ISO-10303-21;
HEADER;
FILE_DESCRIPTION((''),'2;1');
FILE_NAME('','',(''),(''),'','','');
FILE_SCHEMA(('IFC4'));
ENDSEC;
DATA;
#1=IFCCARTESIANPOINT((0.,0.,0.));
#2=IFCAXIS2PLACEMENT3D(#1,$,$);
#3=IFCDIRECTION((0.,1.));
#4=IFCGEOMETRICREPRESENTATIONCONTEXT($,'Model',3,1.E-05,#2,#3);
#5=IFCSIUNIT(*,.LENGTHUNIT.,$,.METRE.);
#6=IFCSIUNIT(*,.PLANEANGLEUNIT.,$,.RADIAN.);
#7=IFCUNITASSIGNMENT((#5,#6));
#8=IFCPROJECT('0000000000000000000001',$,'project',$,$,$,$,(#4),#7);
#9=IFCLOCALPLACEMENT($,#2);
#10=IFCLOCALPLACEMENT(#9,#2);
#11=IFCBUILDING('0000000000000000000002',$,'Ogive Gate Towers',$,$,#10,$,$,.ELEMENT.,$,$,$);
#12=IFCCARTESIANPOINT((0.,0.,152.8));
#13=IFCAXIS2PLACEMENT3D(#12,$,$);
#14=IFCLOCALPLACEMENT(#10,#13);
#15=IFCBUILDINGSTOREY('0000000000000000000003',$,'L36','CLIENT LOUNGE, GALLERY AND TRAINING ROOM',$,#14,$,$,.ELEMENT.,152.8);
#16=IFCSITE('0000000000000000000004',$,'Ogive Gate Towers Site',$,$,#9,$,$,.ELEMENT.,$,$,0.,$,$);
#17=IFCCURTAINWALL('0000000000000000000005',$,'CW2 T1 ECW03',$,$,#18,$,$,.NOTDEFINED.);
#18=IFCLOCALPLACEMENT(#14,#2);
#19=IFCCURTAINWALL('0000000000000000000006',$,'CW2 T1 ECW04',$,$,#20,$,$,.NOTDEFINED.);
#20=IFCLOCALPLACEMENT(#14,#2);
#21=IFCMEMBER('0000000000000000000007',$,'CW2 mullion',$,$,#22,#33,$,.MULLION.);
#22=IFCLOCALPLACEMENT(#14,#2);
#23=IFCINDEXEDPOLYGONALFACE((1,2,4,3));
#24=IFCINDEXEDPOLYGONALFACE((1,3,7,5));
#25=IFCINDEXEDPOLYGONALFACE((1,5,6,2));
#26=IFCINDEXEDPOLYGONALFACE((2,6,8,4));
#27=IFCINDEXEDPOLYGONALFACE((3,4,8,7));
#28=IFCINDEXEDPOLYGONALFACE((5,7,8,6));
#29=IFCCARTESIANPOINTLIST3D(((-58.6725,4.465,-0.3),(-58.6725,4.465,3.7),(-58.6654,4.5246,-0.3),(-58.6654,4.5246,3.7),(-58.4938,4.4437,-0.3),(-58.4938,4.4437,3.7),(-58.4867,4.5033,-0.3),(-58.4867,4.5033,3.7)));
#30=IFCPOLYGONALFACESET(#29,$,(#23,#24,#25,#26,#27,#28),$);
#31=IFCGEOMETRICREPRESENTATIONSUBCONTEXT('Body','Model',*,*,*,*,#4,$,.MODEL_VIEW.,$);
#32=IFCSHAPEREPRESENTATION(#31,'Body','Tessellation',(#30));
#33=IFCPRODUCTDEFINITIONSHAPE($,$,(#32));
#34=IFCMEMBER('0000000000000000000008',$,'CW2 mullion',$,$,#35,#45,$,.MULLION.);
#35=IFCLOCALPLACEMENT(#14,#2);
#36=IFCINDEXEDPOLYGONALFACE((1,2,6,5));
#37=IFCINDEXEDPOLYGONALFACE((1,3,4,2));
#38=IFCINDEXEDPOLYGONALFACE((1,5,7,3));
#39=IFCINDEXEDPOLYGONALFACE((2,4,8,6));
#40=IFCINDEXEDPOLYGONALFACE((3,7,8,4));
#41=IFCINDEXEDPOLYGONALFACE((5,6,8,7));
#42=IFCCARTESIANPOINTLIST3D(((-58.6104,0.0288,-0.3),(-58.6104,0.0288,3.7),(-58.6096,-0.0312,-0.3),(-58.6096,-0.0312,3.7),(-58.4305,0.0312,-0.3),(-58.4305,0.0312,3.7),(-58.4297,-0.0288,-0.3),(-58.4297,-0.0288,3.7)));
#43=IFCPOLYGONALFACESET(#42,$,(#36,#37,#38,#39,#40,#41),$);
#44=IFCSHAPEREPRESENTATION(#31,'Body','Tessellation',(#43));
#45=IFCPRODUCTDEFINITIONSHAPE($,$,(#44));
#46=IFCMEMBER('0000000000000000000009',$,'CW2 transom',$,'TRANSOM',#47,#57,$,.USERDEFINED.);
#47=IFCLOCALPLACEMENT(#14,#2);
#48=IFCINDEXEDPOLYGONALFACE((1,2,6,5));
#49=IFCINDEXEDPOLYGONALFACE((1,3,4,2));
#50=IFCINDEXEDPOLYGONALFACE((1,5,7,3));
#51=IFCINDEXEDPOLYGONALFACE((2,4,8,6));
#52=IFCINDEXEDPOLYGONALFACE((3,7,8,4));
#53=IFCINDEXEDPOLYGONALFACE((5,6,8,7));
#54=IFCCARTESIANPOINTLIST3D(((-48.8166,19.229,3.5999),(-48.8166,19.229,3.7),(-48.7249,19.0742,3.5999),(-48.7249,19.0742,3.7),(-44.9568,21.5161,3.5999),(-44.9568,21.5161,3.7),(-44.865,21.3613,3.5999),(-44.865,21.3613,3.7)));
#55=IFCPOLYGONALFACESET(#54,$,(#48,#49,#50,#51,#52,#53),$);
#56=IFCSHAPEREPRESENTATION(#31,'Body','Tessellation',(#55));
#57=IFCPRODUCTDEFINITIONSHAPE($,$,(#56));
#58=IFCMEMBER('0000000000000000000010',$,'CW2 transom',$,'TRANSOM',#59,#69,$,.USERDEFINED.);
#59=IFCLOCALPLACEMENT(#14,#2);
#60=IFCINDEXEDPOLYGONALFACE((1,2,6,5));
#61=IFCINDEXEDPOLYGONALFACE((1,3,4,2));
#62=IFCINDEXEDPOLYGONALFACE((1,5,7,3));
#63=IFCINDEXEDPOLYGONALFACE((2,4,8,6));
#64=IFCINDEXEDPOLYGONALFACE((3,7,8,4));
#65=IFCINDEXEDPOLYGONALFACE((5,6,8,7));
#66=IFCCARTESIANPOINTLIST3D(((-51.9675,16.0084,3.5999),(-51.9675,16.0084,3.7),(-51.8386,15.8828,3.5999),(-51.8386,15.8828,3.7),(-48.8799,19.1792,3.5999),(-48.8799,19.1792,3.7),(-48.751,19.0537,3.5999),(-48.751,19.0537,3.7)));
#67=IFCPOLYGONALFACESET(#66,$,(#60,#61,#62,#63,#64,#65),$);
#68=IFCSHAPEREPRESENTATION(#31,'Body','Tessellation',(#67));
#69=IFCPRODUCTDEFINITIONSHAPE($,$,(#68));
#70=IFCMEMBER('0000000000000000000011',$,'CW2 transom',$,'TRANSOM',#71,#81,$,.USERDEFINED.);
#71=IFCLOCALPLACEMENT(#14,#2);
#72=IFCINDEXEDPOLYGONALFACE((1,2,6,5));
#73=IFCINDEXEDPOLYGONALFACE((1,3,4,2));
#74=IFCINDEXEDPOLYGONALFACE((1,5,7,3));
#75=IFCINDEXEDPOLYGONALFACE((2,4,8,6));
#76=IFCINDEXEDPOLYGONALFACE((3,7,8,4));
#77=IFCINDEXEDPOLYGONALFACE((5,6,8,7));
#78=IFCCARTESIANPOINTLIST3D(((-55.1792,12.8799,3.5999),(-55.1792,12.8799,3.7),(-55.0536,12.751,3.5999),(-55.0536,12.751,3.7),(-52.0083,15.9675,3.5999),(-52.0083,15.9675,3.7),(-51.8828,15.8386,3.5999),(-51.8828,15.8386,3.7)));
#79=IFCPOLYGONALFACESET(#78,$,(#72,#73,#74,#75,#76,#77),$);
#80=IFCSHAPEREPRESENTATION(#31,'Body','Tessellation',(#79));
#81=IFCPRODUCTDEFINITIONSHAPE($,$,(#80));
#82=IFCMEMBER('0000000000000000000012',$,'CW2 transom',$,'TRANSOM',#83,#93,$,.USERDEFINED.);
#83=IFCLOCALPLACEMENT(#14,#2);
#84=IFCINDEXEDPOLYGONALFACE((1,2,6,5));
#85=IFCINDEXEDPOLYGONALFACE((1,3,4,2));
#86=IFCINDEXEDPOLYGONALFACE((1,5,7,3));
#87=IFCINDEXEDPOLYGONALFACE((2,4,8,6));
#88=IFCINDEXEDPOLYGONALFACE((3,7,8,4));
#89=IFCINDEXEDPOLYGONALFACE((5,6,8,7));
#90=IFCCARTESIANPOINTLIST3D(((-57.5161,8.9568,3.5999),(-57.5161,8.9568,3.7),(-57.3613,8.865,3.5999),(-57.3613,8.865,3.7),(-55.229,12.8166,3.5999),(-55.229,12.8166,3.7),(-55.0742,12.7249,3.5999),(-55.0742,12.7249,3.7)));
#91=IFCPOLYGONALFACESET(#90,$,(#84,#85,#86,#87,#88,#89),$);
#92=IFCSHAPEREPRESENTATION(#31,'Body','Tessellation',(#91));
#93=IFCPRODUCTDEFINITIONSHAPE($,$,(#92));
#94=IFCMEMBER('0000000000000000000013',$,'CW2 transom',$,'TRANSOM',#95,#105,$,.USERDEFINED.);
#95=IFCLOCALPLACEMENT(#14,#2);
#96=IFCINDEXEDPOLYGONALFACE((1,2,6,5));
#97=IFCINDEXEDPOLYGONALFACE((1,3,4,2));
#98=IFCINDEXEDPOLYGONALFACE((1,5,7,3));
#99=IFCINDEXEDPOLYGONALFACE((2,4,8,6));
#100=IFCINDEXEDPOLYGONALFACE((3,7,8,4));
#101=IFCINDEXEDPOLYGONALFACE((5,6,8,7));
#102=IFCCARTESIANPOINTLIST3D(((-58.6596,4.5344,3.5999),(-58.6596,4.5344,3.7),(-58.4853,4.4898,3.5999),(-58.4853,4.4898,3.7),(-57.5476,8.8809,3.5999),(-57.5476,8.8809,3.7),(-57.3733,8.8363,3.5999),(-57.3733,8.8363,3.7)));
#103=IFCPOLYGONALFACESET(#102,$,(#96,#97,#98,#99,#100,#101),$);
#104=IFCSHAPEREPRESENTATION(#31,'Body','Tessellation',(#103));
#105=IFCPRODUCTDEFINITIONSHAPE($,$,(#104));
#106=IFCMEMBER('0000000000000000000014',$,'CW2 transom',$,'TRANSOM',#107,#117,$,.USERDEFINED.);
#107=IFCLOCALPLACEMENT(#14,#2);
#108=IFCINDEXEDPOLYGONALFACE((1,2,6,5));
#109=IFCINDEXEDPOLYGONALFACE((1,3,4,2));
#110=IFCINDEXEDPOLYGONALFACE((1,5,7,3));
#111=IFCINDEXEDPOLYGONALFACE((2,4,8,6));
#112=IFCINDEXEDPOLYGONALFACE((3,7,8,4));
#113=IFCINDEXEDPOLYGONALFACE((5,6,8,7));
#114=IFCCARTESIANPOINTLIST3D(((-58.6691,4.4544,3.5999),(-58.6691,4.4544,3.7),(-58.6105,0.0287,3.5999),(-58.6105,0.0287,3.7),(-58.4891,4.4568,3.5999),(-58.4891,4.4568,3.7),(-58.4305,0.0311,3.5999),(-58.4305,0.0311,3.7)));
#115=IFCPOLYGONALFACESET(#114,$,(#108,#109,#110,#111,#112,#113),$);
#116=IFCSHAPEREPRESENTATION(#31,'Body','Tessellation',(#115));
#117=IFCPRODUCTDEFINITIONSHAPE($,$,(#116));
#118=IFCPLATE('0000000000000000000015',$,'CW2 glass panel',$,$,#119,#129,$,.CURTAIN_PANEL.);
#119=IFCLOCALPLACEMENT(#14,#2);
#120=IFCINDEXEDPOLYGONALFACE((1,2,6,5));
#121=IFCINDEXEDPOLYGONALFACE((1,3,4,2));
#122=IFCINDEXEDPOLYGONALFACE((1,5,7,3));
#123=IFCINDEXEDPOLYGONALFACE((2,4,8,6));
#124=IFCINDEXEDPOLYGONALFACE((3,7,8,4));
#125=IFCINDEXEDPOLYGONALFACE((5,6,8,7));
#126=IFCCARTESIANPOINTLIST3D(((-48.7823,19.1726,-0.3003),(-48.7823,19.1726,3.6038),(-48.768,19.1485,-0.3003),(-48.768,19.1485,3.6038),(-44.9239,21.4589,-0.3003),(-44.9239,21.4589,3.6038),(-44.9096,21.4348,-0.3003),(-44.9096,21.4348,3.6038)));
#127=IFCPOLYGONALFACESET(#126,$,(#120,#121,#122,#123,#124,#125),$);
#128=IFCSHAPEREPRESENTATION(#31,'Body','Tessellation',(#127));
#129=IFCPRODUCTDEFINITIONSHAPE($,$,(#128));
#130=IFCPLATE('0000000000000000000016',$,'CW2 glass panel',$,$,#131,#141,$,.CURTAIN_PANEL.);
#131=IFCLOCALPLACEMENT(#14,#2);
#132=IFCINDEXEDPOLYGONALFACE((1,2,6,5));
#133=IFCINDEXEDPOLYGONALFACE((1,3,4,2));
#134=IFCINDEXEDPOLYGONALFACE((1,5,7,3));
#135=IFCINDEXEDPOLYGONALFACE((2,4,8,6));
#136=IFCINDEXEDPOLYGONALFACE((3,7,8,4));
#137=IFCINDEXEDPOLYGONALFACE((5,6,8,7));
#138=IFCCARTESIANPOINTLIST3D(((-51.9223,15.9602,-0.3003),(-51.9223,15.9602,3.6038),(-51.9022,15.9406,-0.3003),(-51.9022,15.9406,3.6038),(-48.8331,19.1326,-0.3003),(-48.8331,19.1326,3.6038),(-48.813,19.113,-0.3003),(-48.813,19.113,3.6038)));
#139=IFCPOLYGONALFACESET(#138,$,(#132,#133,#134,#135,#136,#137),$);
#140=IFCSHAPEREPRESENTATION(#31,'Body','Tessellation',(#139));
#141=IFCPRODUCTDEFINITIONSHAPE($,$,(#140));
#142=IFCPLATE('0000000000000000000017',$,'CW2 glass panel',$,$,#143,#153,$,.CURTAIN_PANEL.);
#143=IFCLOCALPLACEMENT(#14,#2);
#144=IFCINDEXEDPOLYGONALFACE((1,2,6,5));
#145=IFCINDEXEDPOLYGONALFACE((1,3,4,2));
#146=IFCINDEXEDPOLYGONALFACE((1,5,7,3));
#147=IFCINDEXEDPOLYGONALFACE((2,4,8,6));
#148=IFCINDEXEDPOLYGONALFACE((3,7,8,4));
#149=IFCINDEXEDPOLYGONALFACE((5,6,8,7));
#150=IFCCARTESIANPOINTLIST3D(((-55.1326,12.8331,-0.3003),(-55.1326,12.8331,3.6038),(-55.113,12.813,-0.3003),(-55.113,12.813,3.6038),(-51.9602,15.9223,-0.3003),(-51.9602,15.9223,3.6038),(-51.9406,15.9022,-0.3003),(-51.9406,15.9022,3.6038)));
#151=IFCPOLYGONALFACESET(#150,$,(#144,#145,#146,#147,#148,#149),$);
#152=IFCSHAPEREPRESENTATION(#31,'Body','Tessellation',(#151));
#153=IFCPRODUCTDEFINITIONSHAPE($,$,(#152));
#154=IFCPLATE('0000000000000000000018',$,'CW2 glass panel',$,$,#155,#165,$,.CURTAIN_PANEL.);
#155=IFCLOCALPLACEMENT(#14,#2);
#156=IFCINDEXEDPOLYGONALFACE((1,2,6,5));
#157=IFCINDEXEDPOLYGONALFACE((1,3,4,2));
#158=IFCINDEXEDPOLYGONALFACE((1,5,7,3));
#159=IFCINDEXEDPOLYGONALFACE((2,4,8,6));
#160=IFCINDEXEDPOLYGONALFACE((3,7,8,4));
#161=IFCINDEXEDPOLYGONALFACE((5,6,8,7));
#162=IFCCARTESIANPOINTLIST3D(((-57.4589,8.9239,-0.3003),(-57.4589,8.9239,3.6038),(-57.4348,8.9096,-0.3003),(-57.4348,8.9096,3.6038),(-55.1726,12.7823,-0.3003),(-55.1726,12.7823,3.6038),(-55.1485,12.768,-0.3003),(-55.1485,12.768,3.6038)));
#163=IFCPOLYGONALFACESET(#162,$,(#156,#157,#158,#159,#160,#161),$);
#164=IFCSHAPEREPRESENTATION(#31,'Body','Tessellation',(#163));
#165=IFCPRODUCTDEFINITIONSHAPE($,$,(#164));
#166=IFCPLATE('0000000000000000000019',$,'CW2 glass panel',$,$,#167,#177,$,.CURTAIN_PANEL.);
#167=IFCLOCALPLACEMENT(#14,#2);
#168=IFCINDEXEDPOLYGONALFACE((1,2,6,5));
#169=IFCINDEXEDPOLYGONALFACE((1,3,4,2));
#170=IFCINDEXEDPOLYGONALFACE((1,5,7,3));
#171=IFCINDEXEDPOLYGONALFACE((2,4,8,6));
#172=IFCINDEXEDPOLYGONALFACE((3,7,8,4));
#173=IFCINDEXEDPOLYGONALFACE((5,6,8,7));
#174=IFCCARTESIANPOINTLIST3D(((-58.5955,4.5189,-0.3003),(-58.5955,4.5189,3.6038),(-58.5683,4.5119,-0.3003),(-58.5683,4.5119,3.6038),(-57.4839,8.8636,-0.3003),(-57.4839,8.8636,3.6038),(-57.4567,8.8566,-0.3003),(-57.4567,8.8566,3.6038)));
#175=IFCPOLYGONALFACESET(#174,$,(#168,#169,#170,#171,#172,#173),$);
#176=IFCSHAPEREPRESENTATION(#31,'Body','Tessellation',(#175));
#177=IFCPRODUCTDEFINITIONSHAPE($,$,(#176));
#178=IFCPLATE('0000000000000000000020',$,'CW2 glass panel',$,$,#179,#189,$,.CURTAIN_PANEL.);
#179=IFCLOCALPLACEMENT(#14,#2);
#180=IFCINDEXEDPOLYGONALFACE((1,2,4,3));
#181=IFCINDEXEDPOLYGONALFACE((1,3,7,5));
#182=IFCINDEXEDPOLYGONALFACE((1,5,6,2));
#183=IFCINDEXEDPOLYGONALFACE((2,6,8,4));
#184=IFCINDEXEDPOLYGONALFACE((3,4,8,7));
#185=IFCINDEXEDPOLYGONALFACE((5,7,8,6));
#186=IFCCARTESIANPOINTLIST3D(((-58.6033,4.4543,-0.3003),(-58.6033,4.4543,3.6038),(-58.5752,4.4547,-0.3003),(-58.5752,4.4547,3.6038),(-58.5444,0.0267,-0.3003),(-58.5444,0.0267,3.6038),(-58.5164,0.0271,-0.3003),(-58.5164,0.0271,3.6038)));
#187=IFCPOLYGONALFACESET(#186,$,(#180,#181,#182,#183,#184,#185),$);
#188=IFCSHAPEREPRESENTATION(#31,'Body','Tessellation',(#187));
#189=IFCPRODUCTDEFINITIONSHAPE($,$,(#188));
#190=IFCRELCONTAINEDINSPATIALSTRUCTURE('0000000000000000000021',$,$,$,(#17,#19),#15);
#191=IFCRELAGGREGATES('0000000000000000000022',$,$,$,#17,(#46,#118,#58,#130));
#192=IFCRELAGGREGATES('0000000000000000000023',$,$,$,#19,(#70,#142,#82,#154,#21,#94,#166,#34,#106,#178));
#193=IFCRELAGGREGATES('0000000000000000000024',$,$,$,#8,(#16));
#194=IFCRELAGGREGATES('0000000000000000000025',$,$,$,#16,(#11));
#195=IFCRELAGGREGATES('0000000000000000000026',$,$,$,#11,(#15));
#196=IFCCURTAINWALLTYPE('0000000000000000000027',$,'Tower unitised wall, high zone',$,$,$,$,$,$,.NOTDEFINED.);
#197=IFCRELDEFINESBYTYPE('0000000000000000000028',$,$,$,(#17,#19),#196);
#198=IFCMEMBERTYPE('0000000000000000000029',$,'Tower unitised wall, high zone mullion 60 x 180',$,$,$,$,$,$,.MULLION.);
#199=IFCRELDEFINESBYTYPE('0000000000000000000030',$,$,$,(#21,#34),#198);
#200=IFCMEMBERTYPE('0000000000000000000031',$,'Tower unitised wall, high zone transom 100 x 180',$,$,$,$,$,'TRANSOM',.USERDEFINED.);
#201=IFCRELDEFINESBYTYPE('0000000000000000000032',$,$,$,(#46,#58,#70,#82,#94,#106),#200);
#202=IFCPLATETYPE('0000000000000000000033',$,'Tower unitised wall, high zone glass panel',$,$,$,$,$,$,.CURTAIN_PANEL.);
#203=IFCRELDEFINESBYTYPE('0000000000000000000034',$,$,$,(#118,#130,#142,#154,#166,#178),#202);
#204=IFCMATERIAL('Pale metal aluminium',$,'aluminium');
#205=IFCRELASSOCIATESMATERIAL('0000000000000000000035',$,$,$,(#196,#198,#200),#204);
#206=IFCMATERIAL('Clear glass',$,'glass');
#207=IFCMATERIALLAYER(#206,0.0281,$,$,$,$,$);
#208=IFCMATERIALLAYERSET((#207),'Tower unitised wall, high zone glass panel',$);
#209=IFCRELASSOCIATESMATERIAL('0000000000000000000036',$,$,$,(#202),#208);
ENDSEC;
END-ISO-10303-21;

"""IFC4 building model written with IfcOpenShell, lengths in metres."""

from ifc_helpers import new_model, si_unit, direction, frame, origin, origin_2d, place, context, subcontext, project, spatial, rectangle, extrude, material, layer, layer_set, material_profile, profile_set, type_object, element, aggregate, save


model = new_model("IFC4")

# Units and contexts
model_context = context("Model", 3, precision=1e-05, world=origin(), true_north=direction((0.0, 1.0)))
body_context = subcontext(model_context, "Body", "Model", "MODEL_VIEW")
ifc_project = project(units=[si_unit("LENGTHUNIT", "METRE"), si_unit("PLANEANGLEUNIT", "RADIAN")], contexts=[model_context])

# Site, building, storey
site_placement = place(None, origin())
site = spatial("IfcSite", under=ifc_project, at=site_placement, Name="Ogive Gate Towers Site", CompositionType="ELEMENT", RefElevation=0.0)
building_placement = place(site_placement, origin())
building = spatial("IfcBuilding", under=site, at=building_placement, Name="Ogive Gate Towers", CompositionType="ELEMENT")
storey_placement = place(building_placement, frame((0.0, 0.0, 152.8)))
storey = spatial("IfcBuildingStorey", under=building, at=storey_placement, Name="L36", Description="CLIENT LOUNGE, GALLERY AND TRAINING ROOM", CompositionType="ELEMENT", Elevation=152.8)

# Curtain walls, members
ifc_material_1 = material(Name="Pale metal aluminium", Category="aluminium")
curtain_wall_type = type_object("IfcCurtainWallType", Name="Tower unitised wall, high zone", PredefinedType="NOTDEFINED", material=ifc_material_1)
curtain_wall_1_placement = place(storey_placement, origin())
curtain_wall_1 = element("IfcCurtainWall", 1, at=curtain_wall_1_placement, inside=storey, type_object=curtain_wall_type, Name="CW2 T1 ECW03", PredefinedType="NOTDEFINED")
ifc_material_profile_1 = material_profile(ifc_material_1, rectangle(XDim=0.1799, YDim=0.0601, at=origin_2d()), Name="60 x 180 aluminium box")
ifc_profile_set_1 = profile_set([ifc_material_profile_1], Name="Pale metal aluminium")
member_type_1 = type_object("IfcMemberType", Name="Tower unitised wall, high zone mullion 60 x 180", PredefinedType="MULLION", material=ifc_profile_set_1)
curtain_wall_2_placement = place(storey_placement, origin())
curtain_wall_2 = element("IfcCurtainWall", 2, at=curtain_wall_2_placement, inside=storey, type_object=curtain_wall_type, Name="CW2 T1 ECW04", PredefinedType="NOTDEFINED")
member_1_placement = place(storey_placement, frame((-58.5796, 4.4841, -0.3), z_axis=(0.0, 0.0, 1.0), x_axis=(-0.992976, 0.118317, 0.0)))
member_1 = element("IfcMember", 3, at=member_1_placement, type_object=member_type_1, Name="CW2 mullion", PredefinedType="MULLION", context=body_context, shape_type="SweptSolid", body=[
    extrude(rectangle(XDim=0.1799, YDim=0.0601, at=origin_2d()), origin(), (0.0, 0.0, 1.0), 4.0),
])
member_2_placement = place(storey_placement, frame((-58.52, 0.0, -0.3), z_axis=(0.0, 0.0, 1.0), x_axis=(-0.999912, -0.013282, 0.0)))
member_2 = element("IfcMember", 4, at=member_2_placement, type_object=member_type_1, Name="CW2 mullion", PredefinedType="MULLION", context=body_context, shape_type="SweptSolid", body=[
    extrude(rectangle(XDim=0.1799, YDim=0.0601, at=origin_2d()), origin(), (0.0, 0.0, 1.0), 4.0),
])

# Members
ifc_material_profile_2 = material_profile(ifc_material_1, rectangle(XDim=0.1799, YDim=0.1001, at=origin_2d()), Name="100 x 180 aluminium box")
ifc_profile_set_2 = profile_set([ifc_material_profile_2], Name="Pale metal aluminium")
member_type_2 = type_object("IfcMemberType", Name="Tower unitised wall, high zone transom 100 x 180", ElementType="TRANSOM", PredefinedType="USERDEFINED", material=ifc_profile_set_2)
member_3_placement = place(storey_placement, frame((-44.9109, 21.4387, 3.6499), z_axis=(-0.860313, -0.509767, 0.0), x_axis=(0.509767, -0.860313, 0.0)))
member_3 = element("IfcMember", 5, at=member_3_placement, type_object=member_type_2, Name="CW2 transom", ObjectType="TRANSOM", PredefinedType="USERDEFINED", context=body_context, shape_type="SweptSolid", body=[
    extrude(rectangle(XDim=0.1799, YDim=0.1001, at=origin_2d()), origin(), (0.0, 0.0, 1.0), 4.4866),
])
member_4_placement = place(storey_placement, frame((-48.8154, 19.1165, 3.6499), z_axis=(-0.697639, -0.716449, 0.0), x_axis=(0.716449, -0.697639, 0.0)))
member_4 = element("IfcMember", 6, at=member_4_placement, type_object=member_type_2, Name="CW2 transom", ObjectType="TRANSOM", PredefinedType="USERDEFINED", context=body_context, shape_type="SweptSolid", body=[
    extrude(rectangle(XDim=0.1799, YDim=0.1001, at=origin_2d()), origin(), (0.0, 0.0, 1.0), 4.4258),
])
member_5_placement = place(storey_placement, frame((-51.9456, 15.9031, 3.6499), z_axis=(-0.716449, -0.697639, 0.0), x_axis=(0.697639, -0.716449, 0.0)))
member_5 = element("IfcMember", 7, at=member_5_placement, type_object=member_type_2, Name="CW2 transom", ObjectType="TRANSOM", PredefinedType="USERDEFINED", context=body_context, shape_type="SweptSolid", body=[
    extrude(rectangle(XDim=0.1799, YDim=0.1001, at=origin_2d()), origin(), (0.0, 0.0, 1.0), 4.4258),
])
member_6_placement = place(storey_placement, frame((-55.1516, 12.7708, 3.6499), z_axis=(-0.509767, -0.860313, 0.0), x_axis=(0.860313, -0.509767, 0.0)))
member_6 = element("IfcMember", 8, at=member_6_placement, type_object=member_type_2, Name="CW2 transom", ObjectType="TRANSOM", PredefinedType="USERDEFINED", context=body_context, shape_type="SweptSolid", body=[
    extrude(rectangle(XDim=0.1799, YDim=0.1001, at=origin_2d()), origin(), (0.0, 0.0, 1.0), 4.4866),
])
member_7_placement = place(storey_placement, frame((-57.4604, 8.8586, 3.6499), z_axis=(-0.247858, -0.968796, 0.0), x_axis=(0.968796, -0.247858, 0.0)))
member_7 = element("IfcMember", 9, at=member_7_placement, type_object=member_type_2, Name="CW2 transom", ObjectType="TRANSOM", PredefinedType="USERDEFINED", context=body_context, shape_type="SweptSolid", body=[
    extrude(rectangle(XDim=0.1799, YDim=0.1001, at=origin_2d()), origin(), (0.0, 0.0, 1.0), 4.4866),
])
member_8_placement = place(storey_placement, frame((-58.5791, 4.4556, 3.6499), z_axis=(0.013239, -0.999912, 0.0), x_axis=(0.999912, 0.013239, 0.0)))
member_8 = element("IfcMember", 10, at=member_8_placement, type_object=member_type_2, Name="CW2 transom", ObjectType="TRANSOM", PredefinedType="USERDEFINED", context=body_context, shape_type="SweptSolid", body=[
    extrude(rectangle(XDim=0.1799, YDim=0.1001, at=origin_2d()), origin(), (0.0, 0.0, 1.0), 4.426),
])

# Plates
ifc_material_2 = material(Name="Clear glass", Category="glass")
ifc_layer_1 = layer(ifc_material_2, 0.0281)
ifc_layer_set_1 = layer_set([ifc_layer_1], Name="Tower unitised wall, high zone glass panel")
plate_type = type_object("IfcPlateType", Name="Tower unitised wall, high zone glass panel", PredefinedType="CURTAIN_PANEL", material=ifc_layer_set_1)
plate_1_placement = place(storey_placement, frame((-46.8459, 20.3037, -0.3003), z_axis=(0.0, 0.0, 1.0), x_axis=(-0.860306, -0.509777, 0.0)))
plate_1 = element("IfcPlate", 11, at=plate_1_placement, type_object=plate_type, Name="CW2 glass panel", PredefinedType="CURTAIN_PANEL", context=body_context, shape_type="SweptSolid", body=[
    extrude(rectangle(XDim=4.4849, YDim=0.0281, at=origin_2d()), origin(), (0.0, 0.0, 1.0), 3.9041),
])
plate_2_placement = place(storey_placement, frame((-50.3677, 17.5366, -0.3003), z_axis=(0.0, 0.0, 1.0), x_axis=(-0.697653, -0.716436, 0.0)))
plate_2 = element("IfcPlate", 12, at=plate_2_placement, type_object=plate_type, Name="CW2 glass panel", PredefinedType="CURTAIN_PANEL", context=body_context, shape_type="SweptSolid", body=[
    extrude(rectangle(XDim=4.428, YDim=0.0281, at=origin_2d()), origin(), (0.0, 0.0, 1.0), 3.9041),
])
aggregate(curtain_wall_1, [member_3, plate_1, member_4, plate_2])
plate_3_placement = place(storey_placement, frame((-53.5366, 14.3677, -0.3003), z_axis=(0.0, 0.0, 1.0), x_axis=(-0.716436, -0.697653, 0.0)))
plate_3 = element("IfcPlate", 13, at=plate_3_placement, type_object=plate_type, Name="CW2 glass panel", PredefinedType="CURTAIN_PANEL", context=body_context, shape_type="SweptSolid", body=[
    extrude(rectangle(XDim=4.428, YDim=0.0281, at=origin_2d()), origin(), (0.0, 0.0, 1.0), 3.9041),
])
plate_4_placement = place(storey_placement, frame((-56.3037, 10.8459, -0.3003), z_axis=(0.0, 0.0, 1.0), x_axis=(-0.509777, -0.860306, 0.0)))
plate_4 = element("IfcPlate", 14, at=plate_4_placement, type_object=plate_type, Name="CW2 glass panel", PredefinedType="CURTAIN_PANEL", context=body_context, shape_type="SweptSolid", body=[
    extrude(rectangle(XDim=4.4849, YDim=0.0281, at=origin_2d()), origin(), (0.0, 0.0, 1.0), 3.9041),
])
plate_5_placement = place(storey_placement, frame((-58.0261, 6.6877, -0.3003), z_axis=(0.0, 0.0, 1.0), x_axis=(-0.247861, -0.968795, 0.0)))
plate_5 = element("IfcPlate", 15, at=plate_5_placement, type_object=plate_type, Name="CW2 glass panel", PredefinedType="CURTAIN_PANEL", context=body_context, shape_type="SweptSolid", body=[
    extrude(rectangle(XDim=4.4846, YDim=0.0281, at=origin_2d()), origin(), (0.0, 0.0, 1.0), 3.9041),
])
plate_6_placement = place(storey_placement, frame((-58.5598, 2.2407, -0.3003), z_axis=(0.0, 0.0, 1.0), x_axis=(0.013282, -0.999912, 0.0)))
plate_6 = element("IfcPlate", 16, at=plate_6_placement, type_object=plate_type, Name="CW2 glass panel", PredefinedType="CURTAIN_PANEL", context=body_context, shape_type="SweptSolid", body=[
    extrude(rectangle(XDim=4.428, YDim=0.0281, at=origin_2d()), origin(), (0.0, 0.0, 1.0), 3.9041),
])
aggregate(curtain_wall_2, [member_5, plate_3, member_6, plate_4, member_1, member_7, plate_5, member_2, member_8, plate_6])

save(model, "model.ifc")
